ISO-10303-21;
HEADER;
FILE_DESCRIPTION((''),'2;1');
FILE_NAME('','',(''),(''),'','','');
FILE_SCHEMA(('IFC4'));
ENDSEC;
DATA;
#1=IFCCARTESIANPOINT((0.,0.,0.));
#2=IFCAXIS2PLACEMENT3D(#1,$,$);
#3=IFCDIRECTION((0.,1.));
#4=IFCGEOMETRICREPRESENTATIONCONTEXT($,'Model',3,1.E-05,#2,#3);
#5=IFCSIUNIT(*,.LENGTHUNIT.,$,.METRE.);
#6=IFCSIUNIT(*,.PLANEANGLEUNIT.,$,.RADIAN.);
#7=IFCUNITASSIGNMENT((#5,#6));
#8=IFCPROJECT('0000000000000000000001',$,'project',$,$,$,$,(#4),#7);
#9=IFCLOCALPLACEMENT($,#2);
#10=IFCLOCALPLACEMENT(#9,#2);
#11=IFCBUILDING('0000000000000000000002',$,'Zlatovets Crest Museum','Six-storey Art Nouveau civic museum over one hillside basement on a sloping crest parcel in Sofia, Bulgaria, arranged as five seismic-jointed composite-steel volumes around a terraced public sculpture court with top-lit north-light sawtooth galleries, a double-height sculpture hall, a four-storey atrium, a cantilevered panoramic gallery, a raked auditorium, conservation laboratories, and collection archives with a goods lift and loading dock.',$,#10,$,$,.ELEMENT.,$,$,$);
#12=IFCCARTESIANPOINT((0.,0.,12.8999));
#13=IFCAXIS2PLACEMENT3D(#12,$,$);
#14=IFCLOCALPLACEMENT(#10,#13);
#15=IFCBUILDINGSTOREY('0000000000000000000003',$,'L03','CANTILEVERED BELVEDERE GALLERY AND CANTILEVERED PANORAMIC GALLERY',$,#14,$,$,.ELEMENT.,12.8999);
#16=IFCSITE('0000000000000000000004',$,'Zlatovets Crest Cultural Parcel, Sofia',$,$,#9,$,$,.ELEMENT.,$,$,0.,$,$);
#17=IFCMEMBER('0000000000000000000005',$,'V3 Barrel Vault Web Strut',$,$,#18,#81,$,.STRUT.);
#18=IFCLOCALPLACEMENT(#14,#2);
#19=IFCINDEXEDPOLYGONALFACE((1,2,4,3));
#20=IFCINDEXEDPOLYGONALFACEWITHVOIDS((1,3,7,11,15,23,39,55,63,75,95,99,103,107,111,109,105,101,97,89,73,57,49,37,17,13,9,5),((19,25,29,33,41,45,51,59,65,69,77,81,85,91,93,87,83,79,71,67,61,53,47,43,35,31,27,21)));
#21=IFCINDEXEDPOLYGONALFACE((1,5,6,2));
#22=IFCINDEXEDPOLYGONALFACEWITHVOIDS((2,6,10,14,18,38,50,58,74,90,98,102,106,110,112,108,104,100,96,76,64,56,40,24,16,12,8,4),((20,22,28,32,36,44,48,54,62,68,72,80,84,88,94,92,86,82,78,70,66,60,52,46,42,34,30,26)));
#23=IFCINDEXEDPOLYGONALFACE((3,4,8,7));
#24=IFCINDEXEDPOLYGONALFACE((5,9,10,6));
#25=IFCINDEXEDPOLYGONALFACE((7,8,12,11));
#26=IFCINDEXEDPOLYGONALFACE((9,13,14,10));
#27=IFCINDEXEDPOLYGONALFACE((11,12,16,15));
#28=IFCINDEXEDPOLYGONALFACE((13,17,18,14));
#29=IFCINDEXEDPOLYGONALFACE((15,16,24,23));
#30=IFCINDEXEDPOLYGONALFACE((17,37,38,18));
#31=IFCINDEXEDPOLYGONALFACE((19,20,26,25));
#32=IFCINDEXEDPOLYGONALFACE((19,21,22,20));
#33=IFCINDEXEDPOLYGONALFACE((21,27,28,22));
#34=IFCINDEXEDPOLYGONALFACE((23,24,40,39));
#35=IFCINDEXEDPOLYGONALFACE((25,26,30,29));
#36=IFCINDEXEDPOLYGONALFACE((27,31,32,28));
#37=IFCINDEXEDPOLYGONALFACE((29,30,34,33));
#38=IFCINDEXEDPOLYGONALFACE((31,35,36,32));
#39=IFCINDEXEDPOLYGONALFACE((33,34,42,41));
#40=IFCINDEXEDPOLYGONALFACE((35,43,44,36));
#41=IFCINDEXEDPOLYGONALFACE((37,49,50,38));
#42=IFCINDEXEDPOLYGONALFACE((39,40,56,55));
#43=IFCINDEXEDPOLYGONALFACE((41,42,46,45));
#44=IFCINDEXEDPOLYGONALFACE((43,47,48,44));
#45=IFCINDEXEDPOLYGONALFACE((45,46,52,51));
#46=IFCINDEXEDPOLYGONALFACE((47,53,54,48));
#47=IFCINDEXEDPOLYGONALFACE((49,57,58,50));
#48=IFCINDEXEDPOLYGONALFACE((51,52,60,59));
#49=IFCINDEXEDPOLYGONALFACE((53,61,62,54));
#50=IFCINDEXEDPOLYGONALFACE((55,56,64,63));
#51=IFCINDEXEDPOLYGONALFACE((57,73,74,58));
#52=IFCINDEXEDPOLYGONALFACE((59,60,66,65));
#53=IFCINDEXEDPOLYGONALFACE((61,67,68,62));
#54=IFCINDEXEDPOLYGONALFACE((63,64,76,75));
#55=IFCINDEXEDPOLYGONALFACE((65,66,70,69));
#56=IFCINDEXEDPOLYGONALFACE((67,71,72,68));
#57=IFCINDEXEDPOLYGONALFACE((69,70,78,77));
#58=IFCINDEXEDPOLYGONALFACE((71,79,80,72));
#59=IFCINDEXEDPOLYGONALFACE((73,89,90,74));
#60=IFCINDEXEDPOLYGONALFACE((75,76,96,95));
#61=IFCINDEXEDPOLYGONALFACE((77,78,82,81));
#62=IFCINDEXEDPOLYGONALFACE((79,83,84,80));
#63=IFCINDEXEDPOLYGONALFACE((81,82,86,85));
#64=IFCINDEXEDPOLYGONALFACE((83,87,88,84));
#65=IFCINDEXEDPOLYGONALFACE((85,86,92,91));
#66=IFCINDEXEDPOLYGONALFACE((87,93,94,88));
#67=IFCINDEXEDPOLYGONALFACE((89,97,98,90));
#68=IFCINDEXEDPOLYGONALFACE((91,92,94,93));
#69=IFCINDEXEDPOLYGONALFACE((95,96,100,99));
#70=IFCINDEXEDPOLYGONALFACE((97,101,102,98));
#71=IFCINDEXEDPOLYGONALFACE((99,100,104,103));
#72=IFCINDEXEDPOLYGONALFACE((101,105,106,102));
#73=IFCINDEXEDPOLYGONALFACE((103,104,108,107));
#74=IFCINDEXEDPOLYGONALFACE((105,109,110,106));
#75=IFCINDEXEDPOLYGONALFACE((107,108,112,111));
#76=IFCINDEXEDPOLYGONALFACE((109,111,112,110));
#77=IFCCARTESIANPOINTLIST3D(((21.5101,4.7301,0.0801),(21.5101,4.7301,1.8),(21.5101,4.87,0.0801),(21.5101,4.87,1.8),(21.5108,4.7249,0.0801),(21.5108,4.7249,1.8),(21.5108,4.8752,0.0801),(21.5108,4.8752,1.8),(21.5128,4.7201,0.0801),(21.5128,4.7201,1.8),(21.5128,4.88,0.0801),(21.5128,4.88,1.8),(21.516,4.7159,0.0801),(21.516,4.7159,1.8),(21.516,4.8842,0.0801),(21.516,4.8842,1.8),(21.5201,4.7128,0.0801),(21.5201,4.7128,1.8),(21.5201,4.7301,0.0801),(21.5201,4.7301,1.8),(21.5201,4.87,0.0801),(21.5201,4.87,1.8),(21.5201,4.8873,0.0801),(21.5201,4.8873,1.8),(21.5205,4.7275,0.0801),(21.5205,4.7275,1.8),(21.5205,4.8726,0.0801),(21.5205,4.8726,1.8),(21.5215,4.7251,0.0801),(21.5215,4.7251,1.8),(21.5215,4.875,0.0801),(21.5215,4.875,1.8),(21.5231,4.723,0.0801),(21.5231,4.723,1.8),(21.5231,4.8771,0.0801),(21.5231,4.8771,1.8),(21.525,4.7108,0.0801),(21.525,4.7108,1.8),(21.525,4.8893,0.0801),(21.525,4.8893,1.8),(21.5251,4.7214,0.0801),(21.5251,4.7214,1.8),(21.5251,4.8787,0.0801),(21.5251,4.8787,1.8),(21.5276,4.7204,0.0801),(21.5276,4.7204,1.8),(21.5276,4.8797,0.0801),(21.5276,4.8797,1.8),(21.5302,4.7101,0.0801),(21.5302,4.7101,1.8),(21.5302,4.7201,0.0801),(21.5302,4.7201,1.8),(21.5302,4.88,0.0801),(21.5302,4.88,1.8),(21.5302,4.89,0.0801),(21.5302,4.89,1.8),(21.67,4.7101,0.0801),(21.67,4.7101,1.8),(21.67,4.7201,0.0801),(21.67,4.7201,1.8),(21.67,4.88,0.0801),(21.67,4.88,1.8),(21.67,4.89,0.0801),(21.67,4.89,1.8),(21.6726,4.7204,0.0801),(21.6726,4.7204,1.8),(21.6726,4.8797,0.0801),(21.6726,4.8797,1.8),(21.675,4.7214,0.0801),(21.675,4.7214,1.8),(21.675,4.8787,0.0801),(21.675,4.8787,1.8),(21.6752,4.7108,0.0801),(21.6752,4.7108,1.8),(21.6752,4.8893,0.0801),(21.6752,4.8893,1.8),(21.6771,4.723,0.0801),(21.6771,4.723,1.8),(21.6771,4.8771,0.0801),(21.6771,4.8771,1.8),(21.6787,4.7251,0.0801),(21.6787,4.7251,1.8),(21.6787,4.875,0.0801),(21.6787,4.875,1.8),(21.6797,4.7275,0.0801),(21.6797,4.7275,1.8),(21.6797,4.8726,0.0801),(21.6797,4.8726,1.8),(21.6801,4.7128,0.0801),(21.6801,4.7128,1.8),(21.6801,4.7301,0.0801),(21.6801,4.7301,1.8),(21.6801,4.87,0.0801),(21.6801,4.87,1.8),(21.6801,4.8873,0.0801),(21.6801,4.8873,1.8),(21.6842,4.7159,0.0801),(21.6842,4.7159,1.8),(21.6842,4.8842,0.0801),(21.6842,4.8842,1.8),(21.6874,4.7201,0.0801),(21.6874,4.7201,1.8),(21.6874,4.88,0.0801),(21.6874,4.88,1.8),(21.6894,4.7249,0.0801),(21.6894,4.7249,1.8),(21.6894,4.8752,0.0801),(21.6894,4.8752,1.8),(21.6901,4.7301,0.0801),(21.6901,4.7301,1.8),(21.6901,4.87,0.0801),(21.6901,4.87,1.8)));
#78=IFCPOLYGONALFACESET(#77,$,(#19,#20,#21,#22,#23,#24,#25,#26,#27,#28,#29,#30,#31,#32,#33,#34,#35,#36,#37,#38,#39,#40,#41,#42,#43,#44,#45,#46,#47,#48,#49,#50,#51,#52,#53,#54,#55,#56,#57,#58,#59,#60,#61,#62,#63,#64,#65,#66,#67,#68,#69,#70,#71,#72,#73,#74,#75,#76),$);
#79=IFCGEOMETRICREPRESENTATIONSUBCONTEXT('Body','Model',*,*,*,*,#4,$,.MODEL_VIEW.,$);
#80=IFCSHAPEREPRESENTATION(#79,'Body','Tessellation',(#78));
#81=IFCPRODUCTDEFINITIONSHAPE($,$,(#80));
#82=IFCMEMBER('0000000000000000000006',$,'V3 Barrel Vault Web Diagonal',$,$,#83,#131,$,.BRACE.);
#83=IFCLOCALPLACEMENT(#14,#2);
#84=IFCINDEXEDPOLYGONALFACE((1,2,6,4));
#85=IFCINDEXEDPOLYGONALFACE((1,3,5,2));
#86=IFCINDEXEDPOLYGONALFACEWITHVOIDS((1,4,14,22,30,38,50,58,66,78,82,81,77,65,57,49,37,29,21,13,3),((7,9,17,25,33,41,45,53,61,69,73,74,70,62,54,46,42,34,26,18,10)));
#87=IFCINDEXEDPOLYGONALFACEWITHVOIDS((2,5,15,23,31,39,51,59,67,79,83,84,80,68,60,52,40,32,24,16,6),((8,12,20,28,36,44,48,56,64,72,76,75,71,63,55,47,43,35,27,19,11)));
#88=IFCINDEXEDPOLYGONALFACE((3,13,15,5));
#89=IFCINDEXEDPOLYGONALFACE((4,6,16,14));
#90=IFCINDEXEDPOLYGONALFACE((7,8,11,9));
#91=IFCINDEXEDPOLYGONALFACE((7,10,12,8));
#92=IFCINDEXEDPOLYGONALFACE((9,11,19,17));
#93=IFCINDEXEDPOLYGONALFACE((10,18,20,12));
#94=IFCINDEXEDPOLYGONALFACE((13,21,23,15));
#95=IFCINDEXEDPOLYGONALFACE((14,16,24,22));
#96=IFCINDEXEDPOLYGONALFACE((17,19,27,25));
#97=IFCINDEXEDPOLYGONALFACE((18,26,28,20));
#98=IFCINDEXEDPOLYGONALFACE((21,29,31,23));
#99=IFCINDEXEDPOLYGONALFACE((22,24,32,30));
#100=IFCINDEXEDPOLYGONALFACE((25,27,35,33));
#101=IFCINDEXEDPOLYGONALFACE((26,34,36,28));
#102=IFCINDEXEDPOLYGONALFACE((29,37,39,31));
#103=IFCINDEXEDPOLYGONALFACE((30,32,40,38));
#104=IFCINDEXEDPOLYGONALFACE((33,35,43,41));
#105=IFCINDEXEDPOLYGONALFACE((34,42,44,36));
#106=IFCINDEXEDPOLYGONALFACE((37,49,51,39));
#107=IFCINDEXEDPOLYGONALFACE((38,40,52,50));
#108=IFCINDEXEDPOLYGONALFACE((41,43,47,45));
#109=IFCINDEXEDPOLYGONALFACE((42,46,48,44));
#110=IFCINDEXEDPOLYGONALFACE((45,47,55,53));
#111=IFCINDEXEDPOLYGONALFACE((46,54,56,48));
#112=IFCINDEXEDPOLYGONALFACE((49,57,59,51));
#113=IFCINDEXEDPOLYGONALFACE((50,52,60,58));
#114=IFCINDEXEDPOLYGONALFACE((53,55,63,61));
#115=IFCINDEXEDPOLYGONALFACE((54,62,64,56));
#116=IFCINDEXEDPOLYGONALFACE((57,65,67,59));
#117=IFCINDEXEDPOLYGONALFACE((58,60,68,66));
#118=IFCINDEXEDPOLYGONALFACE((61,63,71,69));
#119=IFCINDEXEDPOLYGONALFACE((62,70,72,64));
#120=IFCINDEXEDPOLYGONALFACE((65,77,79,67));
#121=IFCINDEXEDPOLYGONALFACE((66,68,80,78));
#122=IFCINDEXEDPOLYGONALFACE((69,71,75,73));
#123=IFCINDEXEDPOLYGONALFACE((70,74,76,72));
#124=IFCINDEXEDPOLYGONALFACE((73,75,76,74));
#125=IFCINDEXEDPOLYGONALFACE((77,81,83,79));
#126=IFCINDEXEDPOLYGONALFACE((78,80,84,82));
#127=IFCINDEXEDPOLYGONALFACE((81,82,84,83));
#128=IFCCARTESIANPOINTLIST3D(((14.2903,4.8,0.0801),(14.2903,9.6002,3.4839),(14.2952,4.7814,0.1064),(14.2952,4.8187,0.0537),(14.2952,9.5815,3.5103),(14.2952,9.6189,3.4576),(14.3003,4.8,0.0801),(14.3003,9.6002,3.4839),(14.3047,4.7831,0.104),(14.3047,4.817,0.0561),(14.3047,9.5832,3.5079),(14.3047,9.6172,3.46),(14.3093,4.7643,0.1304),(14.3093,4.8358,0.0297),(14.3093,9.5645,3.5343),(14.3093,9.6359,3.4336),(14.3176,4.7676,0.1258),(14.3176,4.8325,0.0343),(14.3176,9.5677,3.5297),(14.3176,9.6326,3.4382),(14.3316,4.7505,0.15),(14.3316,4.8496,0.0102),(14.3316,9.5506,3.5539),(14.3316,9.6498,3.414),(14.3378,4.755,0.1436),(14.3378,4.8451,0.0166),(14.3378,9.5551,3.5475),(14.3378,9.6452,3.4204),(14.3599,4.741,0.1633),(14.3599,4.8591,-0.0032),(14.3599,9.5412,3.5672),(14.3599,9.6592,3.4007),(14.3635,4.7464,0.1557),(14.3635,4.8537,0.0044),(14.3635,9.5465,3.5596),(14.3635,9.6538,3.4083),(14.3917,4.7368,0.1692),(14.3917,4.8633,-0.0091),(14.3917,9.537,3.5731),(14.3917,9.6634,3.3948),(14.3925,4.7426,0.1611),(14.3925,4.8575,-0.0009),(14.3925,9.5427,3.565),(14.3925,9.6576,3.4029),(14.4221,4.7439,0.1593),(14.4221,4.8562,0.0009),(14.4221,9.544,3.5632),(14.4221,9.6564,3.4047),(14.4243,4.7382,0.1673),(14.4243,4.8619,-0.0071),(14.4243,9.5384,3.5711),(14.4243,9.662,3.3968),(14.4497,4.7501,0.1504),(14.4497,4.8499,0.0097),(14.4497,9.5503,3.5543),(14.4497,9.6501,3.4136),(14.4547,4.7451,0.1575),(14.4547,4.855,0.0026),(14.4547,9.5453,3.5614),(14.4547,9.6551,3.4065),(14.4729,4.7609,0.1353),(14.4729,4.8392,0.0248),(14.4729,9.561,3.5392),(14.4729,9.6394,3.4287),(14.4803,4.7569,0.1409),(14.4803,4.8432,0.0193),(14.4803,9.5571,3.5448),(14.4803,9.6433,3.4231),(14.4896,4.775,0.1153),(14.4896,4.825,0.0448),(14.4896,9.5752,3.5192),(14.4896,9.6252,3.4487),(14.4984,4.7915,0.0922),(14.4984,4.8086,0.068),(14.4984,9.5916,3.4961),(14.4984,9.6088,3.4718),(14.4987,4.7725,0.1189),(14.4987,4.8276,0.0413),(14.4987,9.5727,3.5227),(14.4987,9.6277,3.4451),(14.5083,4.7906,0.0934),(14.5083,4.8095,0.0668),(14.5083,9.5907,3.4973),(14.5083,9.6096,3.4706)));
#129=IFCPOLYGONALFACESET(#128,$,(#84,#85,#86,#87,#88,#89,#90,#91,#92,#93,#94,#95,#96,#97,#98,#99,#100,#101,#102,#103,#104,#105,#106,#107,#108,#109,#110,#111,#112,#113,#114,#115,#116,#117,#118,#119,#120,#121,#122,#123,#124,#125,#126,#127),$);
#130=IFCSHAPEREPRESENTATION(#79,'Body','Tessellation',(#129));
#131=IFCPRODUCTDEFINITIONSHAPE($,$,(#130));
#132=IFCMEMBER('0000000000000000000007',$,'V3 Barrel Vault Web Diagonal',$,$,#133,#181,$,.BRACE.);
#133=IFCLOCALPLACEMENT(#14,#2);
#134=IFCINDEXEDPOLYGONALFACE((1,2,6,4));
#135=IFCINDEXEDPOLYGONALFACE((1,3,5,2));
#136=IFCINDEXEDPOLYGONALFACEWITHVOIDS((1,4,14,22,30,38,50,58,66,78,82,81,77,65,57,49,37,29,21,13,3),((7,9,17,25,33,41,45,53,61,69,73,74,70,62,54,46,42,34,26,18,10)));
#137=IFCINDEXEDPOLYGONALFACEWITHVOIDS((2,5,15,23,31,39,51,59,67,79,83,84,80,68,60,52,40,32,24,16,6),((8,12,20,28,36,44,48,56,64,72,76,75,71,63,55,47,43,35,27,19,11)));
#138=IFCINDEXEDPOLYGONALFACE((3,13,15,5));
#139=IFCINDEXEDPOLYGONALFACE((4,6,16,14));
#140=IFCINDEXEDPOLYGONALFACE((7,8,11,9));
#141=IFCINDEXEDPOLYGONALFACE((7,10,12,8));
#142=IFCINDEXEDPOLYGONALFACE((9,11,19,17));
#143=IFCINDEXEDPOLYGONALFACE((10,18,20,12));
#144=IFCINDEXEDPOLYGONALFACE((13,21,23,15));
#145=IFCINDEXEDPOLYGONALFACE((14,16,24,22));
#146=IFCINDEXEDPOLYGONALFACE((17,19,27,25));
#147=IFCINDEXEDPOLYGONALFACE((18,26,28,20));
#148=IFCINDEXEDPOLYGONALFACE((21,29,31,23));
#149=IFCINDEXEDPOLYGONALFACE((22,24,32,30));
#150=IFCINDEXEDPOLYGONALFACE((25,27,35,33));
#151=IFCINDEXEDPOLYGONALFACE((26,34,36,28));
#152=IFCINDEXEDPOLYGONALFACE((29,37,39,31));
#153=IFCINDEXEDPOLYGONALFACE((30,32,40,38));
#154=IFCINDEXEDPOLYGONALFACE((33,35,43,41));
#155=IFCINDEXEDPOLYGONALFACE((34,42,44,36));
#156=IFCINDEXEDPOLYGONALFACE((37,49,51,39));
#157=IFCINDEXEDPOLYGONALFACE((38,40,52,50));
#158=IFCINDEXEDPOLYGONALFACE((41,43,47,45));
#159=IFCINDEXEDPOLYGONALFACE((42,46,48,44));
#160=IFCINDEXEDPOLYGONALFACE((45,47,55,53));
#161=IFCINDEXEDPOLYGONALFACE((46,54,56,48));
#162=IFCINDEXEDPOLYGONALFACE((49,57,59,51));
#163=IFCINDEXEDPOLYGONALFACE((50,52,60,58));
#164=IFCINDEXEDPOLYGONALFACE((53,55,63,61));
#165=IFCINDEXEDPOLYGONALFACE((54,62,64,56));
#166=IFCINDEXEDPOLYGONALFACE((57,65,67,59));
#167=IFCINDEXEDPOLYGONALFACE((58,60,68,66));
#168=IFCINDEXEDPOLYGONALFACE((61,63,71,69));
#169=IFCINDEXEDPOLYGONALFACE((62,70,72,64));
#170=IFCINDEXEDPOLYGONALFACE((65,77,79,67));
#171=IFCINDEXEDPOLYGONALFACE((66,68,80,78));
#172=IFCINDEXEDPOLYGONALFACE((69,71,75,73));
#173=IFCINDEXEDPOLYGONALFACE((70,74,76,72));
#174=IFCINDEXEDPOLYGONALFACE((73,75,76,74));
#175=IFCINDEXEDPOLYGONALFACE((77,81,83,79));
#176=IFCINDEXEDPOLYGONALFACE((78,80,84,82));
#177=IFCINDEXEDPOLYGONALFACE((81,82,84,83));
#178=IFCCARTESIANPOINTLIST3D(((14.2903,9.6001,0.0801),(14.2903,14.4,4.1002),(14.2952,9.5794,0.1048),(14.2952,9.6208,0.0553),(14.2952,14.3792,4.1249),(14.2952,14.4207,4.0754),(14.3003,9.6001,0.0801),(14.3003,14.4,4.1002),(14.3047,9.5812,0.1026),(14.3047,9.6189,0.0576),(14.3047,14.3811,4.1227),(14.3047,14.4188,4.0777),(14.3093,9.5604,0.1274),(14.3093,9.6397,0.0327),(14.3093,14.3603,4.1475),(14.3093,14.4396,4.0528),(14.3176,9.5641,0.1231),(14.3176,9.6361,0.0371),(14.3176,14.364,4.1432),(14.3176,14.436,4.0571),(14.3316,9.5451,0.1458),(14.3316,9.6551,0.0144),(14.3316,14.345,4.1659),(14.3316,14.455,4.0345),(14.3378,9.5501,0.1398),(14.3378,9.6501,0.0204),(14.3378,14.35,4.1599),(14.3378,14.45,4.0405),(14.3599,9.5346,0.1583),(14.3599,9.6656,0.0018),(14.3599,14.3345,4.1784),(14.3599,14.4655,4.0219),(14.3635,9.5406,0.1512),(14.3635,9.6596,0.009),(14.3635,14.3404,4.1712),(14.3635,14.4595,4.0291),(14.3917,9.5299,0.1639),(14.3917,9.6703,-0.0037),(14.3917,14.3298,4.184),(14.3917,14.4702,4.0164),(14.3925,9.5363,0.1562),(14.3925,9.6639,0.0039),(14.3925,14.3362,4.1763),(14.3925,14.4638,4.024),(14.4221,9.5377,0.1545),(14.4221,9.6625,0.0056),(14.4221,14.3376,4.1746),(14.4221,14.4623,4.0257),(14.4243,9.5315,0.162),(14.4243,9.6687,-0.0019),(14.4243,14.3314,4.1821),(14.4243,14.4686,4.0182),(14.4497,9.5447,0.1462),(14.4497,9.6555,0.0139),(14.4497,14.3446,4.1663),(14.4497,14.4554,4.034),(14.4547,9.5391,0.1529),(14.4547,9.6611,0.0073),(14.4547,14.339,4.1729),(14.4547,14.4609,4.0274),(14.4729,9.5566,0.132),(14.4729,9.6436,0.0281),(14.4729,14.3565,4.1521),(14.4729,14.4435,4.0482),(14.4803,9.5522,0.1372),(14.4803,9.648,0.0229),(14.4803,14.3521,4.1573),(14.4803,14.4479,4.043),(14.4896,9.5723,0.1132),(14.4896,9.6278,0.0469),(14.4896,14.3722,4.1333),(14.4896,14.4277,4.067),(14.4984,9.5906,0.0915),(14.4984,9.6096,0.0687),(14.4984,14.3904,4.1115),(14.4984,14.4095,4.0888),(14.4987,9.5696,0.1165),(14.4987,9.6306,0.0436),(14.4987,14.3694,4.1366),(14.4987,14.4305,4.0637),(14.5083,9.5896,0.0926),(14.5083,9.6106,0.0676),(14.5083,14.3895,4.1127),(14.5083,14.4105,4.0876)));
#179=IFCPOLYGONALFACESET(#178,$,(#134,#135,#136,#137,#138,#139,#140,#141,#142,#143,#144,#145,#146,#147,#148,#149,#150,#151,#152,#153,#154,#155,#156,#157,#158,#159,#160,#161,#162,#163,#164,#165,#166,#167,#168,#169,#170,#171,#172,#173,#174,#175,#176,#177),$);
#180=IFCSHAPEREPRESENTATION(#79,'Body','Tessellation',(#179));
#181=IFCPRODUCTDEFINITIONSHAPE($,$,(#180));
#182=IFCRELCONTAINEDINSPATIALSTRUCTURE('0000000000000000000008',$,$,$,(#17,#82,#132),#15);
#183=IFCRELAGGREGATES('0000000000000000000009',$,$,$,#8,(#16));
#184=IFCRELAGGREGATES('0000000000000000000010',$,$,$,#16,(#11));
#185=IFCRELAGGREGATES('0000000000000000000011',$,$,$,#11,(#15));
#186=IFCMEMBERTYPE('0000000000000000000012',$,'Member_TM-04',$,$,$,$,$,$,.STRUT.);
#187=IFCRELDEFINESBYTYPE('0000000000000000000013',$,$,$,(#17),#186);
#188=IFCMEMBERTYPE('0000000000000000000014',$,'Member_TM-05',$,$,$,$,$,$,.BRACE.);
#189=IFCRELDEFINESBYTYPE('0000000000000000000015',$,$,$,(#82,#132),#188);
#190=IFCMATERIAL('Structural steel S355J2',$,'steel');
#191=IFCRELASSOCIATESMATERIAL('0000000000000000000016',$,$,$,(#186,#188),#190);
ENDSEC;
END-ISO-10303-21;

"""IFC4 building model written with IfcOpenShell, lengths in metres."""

from ifc_helpers import new_model, si_unit, direction, frame, origin, origin_2d, place, context, subcontext, project, spatial, hollow_rectangle, hollow_circle, extrude, material, material_profile, profile_set, type_object, element, save


model = new_model("IFC4")

# Units and contexts
model_context = context("Model", 3, precision=1e-05, world=origin(), true_north=direction((0.0, 1.0)))
body_context = subcontext(model_context, "Body", "Model", "MODEL_VIEW")
ifc_project = project(units=[si_unit("LENGTHUNIT", "METRE"), si_unit("PLANEANGLEUNIT", "RADIAN")], contexts=[model_context])

# Site, building, storey
site_placement = place(None, origin())
site = spatial("IfcSite", under=ifc_project, at=site_placement, Name="Zlatovets Crest Cultural Parcel, Sofia", CompositionType="ELEMENT", RefElevation=0.0)
building_placement = place(site_placement, origin())
building = spatial("IfcBuilding", under=site, at=building_placement, Name="Zlatovets Crest Museum", Description="Six-storey Art Nouveau civic museum over one hillside basement on a sloping crest parcel in Sofia, Bulgaria, arranged as five seismic-jointed composite-steel volumes around a terraced public sculpture court with top-lit north-light sawtooth galleries, a double-height sculpture hall, a four-storey atrium, a cantilevered panoramic gallery, a raked auditorium, conservation laboratories, and collection archives with a goods lift and loading dock.", CompositionType="ELEMENT")
storey_placement = place(building_placement, frame((0.0, 0.0, 12.8999)))
storey = spatial("IfcBuildingStorey", under=building, at=storey_placement, Name="L03", Description="CANTILEVERED BELVEDERE GALLERY AND CANTILEVERED PANORAMIC GALLERY", CompositionType="ELEMENT", Elevation=12.8999)

# Shared definitions
ifc_material_1 = material(Name="Structural steel S355J2", Category="steel")

# Members
ifc_material_profile_1 = material_profile(ifc_material_1, hollow_rectangle(XDim=0.1799, YDim=0.1799, WallThickness=0.01, InnerFilletRadius=0.01, OuterFilletRadius=0.02, at=origin_2d()), Name="SHS 180x180x10.0")
ifc_profile_set_1 = profile_set([ifc_material_profile_1], Name="Structural steel S355J2")
member_type_1 = type_object("IfcMemberType", Name="Member_TM-04", PredefinedType="STRUT", material=ifc_profile_set_1)
member_1_placement = place(storey_placement, frame((21.6001, 4.8, 0.0801), z_axis=(0.0, 0.0, 1.0), x_axis=(1.0, 0.0, 0.0)))
element("IfcMember", 1, at=member_1_placement, inside=storey, type_object=member_type_1, Name="V3 Barrel Vault Web Strut", PredefinedType="STRUT", context=body_context, shape_type="SweptSolid", body=[
    extrude(hollow_rectangle(XDim=0.1799, YDim=0.1799, WallThickness=0.01, InnerFilletRadius=0.01, OuterFilletRadius=0.02, at=origin_2d()), origin(), (0.0, 0.0, 1.0), 1.72),
])
ifc_material_profile_2 = material_profile(ifc_material_1, hollow_circle(Radius=0.1096, WallThickness=0.01, at=origin_2d()), Name="CHS 219.1x10.0")
ifc_profile_set_2 = profile_set([ifc_material_profile_2], Name="Structural steel S355J2")
member_type_2 = type_object("IfcMemberType", Name="Member_TM-05", PredefinedType="BRACE", material=ifc_profile_set_2)
member_2_placement = place(storey_placement, frame((14.3999, 4.8, 0.0801), z_axis=(0.0, 0.815722, 0.578444), x_axis=(-1.0, 0.0, 0.0)))
element("IfcMember", 2, at=member_2_placement, inside=storey, type_object=member_type_2, Name="V3 Barrel Vault Web Diagonal", PredefinedType="BRACE", context=body_context, shape_type="SweptSolid", body=[
    extrude(hollow_circle(Radius=0.1096, WallThickness=0.01, at=origin_2d()), origin(), (0.0, 0.0, 1.0), 5.8845),
])
member_3_placement = place(storey_placement, frame((14.3999, 9.6001, 0.0801), z_axis=(0.0, 0.766634, 0.642085), x_axis=(-1.0, 0.0, 0.0)))
element("IfcMember", 3, at=member_3_placement, inside=storey, type_object=member_type_2, Name="V3 Barrel Vault Web Diagonal", PredefinedType="BRACE", context=body_context, shape_type="SweptSolid", body=[
    extrude(hollow_circle(Radius=0.1096, WallThickness=0.01, at=origin_2d()), origin(), (0.0, 0.0, 1.0), 6.261),
])

save(model, "model.ifc")
